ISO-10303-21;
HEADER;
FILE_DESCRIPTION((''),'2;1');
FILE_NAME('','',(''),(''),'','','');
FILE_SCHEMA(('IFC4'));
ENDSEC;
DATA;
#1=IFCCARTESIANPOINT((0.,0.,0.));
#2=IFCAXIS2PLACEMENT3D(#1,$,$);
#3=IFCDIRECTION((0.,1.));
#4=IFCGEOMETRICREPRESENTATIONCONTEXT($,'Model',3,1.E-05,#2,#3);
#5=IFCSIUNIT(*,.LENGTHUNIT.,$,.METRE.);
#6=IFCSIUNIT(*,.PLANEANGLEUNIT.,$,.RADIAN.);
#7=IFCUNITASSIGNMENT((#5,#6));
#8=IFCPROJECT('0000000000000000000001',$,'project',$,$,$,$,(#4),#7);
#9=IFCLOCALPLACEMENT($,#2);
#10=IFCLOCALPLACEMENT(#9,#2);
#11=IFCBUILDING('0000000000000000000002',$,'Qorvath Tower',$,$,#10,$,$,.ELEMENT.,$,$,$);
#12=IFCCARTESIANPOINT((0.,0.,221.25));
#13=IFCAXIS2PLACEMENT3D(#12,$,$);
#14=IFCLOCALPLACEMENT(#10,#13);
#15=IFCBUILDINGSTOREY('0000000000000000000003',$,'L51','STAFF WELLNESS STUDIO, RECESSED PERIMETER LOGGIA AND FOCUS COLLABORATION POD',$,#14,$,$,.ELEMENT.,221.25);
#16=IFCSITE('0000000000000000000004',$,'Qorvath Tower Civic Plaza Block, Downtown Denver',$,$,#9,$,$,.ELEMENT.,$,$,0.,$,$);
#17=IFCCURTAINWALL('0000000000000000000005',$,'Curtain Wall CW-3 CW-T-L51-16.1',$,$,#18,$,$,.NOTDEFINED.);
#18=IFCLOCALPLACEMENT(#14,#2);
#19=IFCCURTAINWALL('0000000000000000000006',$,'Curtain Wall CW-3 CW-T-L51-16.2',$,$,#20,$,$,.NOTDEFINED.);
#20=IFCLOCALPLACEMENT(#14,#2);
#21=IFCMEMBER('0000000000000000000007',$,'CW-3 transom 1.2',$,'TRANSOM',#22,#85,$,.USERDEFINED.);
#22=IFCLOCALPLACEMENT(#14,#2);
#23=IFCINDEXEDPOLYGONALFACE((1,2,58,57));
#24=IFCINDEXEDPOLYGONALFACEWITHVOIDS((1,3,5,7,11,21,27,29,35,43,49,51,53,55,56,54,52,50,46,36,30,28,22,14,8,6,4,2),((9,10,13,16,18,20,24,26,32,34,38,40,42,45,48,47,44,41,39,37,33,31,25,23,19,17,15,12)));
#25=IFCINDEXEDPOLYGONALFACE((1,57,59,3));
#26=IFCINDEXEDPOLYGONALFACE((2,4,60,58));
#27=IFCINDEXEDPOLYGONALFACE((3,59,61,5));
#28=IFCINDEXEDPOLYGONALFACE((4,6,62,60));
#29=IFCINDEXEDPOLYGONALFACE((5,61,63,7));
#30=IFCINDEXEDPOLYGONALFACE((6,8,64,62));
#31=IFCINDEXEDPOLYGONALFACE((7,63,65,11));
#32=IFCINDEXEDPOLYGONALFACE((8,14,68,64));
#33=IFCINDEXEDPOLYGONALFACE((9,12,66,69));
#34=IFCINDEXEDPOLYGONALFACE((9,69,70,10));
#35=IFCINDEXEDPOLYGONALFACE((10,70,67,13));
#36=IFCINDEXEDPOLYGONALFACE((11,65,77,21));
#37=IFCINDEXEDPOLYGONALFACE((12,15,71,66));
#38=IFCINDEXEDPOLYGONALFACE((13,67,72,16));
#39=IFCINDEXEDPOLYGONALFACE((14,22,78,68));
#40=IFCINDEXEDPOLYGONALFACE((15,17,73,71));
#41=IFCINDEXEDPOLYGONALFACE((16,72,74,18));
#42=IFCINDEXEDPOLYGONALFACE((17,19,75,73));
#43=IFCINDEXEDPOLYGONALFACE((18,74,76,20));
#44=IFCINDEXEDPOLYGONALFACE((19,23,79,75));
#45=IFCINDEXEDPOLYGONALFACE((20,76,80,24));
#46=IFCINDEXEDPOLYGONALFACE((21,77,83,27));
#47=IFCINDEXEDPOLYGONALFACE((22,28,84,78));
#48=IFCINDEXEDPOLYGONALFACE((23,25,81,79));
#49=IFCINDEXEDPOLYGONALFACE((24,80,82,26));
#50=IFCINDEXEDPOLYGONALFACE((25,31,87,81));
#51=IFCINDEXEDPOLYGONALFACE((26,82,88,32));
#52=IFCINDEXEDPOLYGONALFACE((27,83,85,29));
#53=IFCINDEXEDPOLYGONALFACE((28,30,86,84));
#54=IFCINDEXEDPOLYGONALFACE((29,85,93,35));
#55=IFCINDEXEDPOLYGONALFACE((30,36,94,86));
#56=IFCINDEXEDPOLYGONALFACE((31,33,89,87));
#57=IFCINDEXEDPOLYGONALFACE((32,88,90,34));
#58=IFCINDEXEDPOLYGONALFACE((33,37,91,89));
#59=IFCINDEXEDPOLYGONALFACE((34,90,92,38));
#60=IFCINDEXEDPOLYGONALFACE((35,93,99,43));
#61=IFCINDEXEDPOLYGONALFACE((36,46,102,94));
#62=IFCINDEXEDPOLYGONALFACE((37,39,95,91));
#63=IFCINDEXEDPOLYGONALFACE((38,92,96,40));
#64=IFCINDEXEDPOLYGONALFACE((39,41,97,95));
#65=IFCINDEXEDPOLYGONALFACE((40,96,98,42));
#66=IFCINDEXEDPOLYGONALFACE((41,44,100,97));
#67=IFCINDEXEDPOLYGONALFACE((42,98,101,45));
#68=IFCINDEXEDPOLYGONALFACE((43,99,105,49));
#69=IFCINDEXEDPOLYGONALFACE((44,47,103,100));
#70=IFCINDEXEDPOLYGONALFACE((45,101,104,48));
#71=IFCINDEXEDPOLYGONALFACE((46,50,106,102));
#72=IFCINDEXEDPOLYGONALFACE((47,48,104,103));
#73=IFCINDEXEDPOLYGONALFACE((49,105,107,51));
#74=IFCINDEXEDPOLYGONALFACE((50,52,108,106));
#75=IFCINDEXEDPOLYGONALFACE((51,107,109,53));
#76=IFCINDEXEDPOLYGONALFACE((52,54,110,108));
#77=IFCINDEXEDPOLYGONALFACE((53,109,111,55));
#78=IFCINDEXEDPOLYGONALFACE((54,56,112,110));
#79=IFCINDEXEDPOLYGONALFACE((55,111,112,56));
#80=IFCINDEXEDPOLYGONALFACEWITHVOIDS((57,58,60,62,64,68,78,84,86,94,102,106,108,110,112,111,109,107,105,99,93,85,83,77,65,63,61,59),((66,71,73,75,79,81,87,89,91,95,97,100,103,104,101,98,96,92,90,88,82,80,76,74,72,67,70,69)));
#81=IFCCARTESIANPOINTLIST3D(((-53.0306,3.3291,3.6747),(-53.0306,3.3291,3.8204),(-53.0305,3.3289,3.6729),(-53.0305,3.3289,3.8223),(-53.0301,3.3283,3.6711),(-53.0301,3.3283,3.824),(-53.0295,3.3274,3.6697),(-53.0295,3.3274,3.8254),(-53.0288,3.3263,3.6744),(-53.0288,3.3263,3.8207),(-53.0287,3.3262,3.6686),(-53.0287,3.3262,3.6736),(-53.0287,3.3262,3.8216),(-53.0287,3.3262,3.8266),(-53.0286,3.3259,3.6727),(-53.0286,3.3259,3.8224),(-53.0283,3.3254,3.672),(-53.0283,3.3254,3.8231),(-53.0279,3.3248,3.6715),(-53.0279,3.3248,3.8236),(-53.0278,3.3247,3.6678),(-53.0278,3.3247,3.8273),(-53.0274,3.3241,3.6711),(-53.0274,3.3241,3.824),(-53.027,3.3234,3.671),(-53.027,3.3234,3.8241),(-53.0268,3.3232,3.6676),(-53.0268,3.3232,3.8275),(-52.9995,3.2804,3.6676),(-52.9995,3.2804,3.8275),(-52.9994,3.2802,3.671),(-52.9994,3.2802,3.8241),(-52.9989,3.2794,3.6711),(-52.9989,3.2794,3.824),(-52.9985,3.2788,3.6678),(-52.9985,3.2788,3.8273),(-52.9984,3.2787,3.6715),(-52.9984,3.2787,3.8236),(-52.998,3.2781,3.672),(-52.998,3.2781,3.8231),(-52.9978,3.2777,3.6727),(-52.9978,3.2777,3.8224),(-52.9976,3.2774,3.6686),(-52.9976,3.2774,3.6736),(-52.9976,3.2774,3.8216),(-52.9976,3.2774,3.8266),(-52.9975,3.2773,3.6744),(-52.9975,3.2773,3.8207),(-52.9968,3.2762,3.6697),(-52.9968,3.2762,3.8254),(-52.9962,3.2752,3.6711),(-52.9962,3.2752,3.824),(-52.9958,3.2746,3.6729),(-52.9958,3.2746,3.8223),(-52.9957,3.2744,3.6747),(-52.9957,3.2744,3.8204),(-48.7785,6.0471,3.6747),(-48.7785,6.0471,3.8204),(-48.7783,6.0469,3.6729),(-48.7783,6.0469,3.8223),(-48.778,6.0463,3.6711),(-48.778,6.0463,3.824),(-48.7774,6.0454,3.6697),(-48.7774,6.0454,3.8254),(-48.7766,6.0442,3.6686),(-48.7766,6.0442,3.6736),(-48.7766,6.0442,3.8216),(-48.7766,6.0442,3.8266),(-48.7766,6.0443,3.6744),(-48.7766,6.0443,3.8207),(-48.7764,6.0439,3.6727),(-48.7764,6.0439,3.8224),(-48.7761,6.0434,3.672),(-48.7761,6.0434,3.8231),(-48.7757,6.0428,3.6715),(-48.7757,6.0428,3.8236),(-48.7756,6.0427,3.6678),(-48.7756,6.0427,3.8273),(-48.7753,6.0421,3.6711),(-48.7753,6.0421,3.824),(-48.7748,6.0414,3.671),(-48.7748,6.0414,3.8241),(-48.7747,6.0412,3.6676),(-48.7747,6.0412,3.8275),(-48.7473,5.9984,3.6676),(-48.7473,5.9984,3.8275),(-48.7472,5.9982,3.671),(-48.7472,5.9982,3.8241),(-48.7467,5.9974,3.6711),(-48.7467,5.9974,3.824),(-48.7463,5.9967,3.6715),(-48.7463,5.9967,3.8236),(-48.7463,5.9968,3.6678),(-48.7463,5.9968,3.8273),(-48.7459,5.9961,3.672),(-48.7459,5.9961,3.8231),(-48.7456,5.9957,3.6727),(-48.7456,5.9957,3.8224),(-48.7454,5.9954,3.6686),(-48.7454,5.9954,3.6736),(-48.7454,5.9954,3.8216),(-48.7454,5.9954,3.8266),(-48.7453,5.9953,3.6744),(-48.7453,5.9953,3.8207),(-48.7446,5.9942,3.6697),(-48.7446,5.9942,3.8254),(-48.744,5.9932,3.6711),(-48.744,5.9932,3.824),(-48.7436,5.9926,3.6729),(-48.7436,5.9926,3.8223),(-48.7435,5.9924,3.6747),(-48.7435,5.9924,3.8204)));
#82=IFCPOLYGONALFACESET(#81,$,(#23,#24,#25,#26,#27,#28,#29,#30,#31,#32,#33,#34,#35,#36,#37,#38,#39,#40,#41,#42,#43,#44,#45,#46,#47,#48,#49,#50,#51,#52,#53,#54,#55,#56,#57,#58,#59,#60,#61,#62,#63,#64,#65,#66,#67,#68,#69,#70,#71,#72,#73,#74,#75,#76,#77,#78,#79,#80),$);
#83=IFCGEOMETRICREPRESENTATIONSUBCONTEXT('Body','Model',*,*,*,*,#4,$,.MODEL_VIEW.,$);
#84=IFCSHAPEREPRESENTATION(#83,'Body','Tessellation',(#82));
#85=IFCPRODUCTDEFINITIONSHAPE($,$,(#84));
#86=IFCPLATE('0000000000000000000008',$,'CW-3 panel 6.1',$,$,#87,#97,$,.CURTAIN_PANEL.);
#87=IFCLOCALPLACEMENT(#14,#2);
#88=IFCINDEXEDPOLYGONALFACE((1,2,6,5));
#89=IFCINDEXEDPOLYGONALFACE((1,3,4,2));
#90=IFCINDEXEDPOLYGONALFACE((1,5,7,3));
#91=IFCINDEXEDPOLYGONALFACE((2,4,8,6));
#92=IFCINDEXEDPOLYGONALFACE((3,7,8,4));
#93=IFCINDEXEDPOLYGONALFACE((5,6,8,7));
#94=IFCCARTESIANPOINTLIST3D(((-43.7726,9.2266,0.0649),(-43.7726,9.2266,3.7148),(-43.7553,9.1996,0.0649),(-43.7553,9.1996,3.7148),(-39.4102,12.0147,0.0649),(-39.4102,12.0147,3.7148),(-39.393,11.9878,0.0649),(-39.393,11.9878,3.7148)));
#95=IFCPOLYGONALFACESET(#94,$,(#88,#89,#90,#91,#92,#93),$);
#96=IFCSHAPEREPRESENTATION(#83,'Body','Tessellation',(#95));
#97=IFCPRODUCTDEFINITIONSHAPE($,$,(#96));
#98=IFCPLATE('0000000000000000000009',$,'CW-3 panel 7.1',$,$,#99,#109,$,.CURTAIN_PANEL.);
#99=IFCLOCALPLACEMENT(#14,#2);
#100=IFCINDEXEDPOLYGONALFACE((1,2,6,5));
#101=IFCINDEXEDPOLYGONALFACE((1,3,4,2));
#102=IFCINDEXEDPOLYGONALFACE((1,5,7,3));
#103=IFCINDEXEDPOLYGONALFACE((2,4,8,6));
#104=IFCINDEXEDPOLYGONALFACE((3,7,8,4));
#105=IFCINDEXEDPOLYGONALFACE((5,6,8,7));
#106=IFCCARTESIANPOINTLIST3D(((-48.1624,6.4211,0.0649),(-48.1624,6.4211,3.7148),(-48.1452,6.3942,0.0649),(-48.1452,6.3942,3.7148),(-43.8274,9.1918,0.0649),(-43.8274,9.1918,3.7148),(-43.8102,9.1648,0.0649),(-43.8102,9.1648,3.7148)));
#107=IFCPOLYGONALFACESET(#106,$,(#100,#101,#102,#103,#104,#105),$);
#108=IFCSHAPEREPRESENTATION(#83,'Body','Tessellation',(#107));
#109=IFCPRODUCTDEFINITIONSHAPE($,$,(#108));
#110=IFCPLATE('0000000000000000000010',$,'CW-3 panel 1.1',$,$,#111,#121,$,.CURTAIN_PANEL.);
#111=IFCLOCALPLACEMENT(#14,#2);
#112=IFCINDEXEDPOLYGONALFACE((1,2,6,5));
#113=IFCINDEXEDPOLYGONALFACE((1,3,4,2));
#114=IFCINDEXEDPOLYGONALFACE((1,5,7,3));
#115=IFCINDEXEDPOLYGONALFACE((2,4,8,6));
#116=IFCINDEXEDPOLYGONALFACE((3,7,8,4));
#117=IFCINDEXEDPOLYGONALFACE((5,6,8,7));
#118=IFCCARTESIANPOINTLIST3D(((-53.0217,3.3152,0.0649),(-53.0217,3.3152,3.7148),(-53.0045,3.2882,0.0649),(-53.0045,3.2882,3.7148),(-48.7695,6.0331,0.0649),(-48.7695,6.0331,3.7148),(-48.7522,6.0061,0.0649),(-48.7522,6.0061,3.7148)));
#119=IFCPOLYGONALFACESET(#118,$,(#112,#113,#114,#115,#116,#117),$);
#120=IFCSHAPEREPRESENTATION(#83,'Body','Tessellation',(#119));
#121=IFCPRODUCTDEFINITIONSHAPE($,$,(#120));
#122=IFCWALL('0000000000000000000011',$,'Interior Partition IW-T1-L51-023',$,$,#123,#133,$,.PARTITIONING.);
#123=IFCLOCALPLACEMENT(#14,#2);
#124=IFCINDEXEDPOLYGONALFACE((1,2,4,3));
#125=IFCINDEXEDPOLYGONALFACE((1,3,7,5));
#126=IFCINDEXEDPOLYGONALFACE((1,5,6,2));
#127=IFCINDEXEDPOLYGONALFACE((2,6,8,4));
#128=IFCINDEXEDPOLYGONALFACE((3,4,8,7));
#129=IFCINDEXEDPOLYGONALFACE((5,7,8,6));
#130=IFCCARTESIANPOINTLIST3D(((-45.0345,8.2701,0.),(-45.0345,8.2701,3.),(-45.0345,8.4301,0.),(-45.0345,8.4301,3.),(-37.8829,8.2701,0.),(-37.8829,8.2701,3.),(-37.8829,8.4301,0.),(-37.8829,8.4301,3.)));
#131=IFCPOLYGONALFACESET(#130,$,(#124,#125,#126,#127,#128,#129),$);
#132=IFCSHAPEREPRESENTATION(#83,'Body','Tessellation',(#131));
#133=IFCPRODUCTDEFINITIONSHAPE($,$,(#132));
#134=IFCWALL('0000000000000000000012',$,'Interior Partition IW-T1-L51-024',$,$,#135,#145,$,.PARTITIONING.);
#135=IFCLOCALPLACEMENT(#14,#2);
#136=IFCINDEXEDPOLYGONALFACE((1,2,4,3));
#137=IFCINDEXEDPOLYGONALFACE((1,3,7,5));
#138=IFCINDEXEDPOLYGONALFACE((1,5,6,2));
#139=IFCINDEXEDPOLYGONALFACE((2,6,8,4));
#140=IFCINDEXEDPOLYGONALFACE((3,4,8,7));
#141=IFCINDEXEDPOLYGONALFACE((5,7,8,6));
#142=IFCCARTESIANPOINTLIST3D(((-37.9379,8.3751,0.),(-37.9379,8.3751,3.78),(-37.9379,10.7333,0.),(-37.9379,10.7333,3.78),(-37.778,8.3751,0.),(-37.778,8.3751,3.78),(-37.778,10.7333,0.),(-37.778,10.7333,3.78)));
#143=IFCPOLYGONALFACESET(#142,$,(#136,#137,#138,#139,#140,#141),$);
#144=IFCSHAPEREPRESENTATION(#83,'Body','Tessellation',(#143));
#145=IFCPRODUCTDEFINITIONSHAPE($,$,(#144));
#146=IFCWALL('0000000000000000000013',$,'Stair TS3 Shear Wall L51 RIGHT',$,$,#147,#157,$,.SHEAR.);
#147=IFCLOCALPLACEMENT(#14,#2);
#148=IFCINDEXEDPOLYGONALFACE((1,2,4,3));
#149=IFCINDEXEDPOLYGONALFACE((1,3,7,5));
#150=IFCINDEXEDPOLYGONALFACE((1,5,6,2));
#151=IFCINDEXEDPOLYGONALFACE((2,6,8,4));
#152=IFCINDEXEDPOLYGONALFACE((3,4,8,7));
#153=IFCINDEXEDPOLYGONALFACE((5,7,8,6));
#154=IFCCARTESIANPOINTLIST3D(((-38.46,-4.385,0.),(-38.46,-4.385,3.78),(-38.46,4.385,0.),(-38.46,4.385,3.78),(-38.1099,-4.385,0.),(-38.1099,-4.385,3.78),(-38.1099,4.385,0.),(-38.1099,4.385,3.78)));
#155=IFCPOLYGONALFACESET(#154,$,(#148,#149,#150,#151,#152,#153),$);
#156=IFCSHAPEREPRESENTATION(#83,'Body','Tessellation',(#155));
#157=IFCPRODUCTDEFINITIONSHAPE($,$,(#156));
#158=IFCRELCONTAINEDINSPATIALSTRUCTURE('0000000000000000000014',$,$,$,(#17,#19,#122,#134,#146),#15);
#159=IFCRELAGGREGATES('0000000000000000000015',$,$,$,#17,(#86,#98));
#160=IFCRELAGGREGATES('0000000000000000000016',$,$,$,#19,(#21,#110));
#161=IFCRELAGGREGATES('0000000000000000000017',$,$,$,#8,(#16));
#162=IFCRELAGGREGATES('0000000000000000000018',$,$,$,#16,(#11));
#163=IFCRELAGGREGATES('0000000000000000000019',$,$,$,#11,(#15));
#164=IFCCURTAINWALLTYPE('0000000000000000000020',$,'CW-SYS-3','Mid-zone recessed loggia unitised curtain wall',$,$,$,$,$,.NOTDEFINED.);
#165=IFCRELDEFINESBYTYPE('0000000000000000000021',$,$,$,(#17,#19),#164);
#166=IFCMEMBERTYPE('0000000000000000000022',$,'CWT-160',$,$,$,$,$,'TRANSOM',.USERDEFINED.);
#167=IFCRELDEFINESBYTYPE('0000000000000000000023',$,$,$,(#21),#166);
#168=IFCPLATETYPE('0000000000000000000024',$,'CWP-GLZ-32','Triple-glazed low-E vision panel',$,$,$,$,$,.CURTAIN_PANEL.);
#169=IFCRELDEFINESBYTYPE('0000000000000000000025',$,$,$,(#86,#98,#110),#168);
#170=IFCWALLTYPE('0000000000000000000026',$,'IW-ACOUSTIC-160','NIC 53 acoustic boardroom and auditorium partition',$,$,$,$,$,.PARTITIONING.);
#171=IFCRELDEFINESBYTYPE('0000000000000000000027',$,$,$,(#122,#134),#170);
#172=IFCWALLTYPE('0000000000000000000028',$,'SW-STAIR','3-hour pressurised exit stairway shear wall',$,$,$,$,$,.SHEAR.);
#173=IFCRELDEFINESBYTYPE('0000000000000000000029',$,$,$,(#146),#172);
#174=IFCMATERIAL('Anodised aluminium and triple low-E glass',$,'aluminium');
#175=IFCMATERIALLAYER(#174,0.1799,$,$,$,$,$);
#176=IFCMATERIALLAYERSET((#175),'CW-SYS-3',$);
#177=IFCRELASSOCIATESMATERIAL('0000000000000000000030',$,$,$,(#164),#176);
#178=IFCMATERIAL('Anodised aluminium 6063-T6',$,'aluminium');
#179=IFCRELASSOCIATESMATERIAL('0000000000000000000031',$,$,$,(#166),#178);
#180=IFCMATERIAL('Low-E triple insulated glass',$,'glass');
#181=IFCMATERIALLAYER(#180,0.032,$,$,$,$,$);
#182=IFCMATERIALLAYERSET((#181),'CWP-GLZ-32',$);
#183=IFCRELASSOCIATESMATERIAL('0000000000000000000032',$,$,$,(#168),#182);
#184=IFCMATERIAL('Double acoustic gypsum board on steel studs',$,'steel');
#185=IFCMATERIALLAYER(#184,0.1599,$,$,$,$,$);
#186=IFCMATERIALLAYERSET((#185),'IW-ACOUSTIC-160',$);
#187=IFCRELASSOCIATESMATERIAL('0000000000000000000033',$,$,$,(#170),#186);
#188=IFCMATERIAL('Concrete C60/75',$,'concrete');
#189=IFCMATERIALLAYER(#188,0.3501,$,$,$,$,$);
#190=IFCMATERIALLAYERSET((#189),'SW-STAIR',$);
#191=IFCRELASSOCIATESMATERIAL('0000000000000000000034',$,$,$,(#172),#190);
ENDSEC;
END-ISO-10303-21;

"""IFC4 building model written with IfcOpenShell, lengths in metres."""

from ifc_helpers import new_model, si_unit, direction, frame, frame_2d, origin, origin_2d, place, context, subcontext, project, spatial, rectangle, hollow_rectangle, extrude, material, layer, layer_set, material_profile, profile_set, type_object, element, aggregate, save


model = new_model("IFC4")

# Units and contexts
model_context = context("Model", 3, precision=1e-05, world=origin(), true_north=direction((0.0, 1.0)))
body_context = subcontext(model_context, "Body", "Model", "MODEL_VIEW")
ifc_project = project(units=[si_unit("LENGTHUNIT", "METRE"), si_unit("PLANEANGLEUNIT", "RADIAN")], contexts=[model_context])

# Site, building, storey
site_placement = place(None, origin())
site = spatial("IfcSite", under=ifc_project, at=site_placement, Name="Qorvath Tower Civic Plaza Block, Downtown Denver", CompositionType="ELEMENT", RefElevation=0.0)
building_placement = place(site_placement, origin())
building = spatial("IfcBuilding", under=site, at=building_placement, Name="Qorvath Tower", CompositionType="ELEMENT")
storey_placement = place(building_placement, frame((0.0, 0.0, 221.25)))
storey = spatial("IfcBuildingStorey", under=building, at=storey_placement, Name="L51", Description="STAFF WELLNESS STUDIO, RECESSED PERIMETER LOGGIA AND FOCUS COLLABORATION POD", CompositionType="ELEMENT", Elevation=221.25)

# Curtain walls
ifc_material_1 = material(Name="Anodised aluminium and triple low-E glass", Category="aluminium")
ifc_layer_1 = layer(ifc_material_1, 0.1799)
ifc_layer_set_1 = layer_set([ifc_layer_1], Name="CW-SYS-3")
curtain_wall_type = type_object("IfcCurtainWallType", Name="CW-SYS-3", Description="Mid-zone recessed loggia unitised curtain wall", PredefinedType="NOTDEFINED", material=ifc_layer_set_1)
curtain_wall_1_placement = place(storey_placement, origin())
curtain_wall_1 = element("IfcCurtainWall", 1, at=curtain_wall_1_placement, inside=storey, type_object=curtain_wall_type, Name="Curtain Wall CW-3 CW-T-L51-16.1", PredefinedType="NOTDEFINED")
curtain_wall_2_placement = place(storey_placement, origin())
curtain_wall_2 = element("IfcCurtainWall", 2, at=curtain_wall_2_placement, inside=storey, type_object=curtain_wall_type, Name="Curtain Wall CW-3 CW-T-L51-16.2", PredefinedType="NOTDEFINED")

# Member
ifc_material_2 = material(Name="Anodised aluminium 6063-T6", Category="aluminium")
ifc_material_profile_1 = material_profile(ifc_material_2, hollow_rectangle(XDim=0.0649, YDim=0.1599, WallThickness=0.0034, InnerFilletRadius=0.0034, OuterFilletRadius=0.0071, at=origin_2d()), Name="CWT 160x65")
ifc_profile_set_1 = profile_set([ifc_material_profile_1], Name="Anodised aluminium 6063-T6")
member_type_1 = type_object("IfcMemberType", Name="CWT-160", ElementType="TRANSOM", PredefinedType="USERDEFINED", material=ifc_profile_set_1)
member_1_placement = place(storey_placement, frame((-48.761, 6.0198, 3.7476), z_axis=(-0.842576, -0.538577, 0.0), x_axis=(0.538577, -0.842576, 0.0)))
member_1 = element("IfcMember", 3, at=member_1_placement, type_object=member_type_1, Name="CW-3 transom 1.2", ObjectType="TRANSOM", PredefinedType="USERDEFINED", context=body_context, shape_type="SweptSolid", body=[
    extrude(hollow_rectangle(XDim=0.0649, YDim=0.1599, WallThickness=0.0034, InnerFilletRadius=0.0034, OuterFilletRadius=0.0071, at=origin_2d()), origin(), (0.0, 0.0, 1.0), 5.0466),
])

# Plates
ifc_material_3 = material(Name="Low-E triple insulated glass", Category="glass")
ifc_layer_2 = layer(ifc_material_3, 0.032)
ifc_layer_set_2 = layer_set([ifc_layer_2], Name="CWP-GLZ-32")
plate_type = type_object("IfcPlateType", Name="CWP-GLZ-32", Description="Triple-glazed low-E vision panel", PredefinedType="CURTAIN_PANEL", material=ifc_layer_set_2)
plate_1_placement = place(storey_placement, frame((-41.5828, 10.6072, 0.0649), z_axis=(0.0, 0.0, 1.0), x_axis=(-0.842603, -0.538535, 0.0)))
plate_1 = element("IfcPlate", 4, at=plate_1_placement, type_object=plate_type, Name="CW-3 panel 6.1", PredefinedType="CURTAIN_PANEL", context=body_context, shape_type="SweptSolid", body=[
    extrude(rectangle(XDim=5.1772, YDim=0.032, at=origin_2d()), origin(), (0.0, 0.0, 1.0), 3.6499),
])
plate_2_placement = place(storey_placement, frame((-45.9863, 7.793, 0.0649), z_axis=(0.0, 0.0, 1.0), x_axis=(-0.842603, -0.538535, 0.0)))
plate_2 = element("IfcPlate", 5, at=plate_2_placement, type_object=plate_type, Name="CW-3 panel 7.1", PredefinedType="CURTAIN_PANEL", context=body_context, shape_type="SweptSolid", body=[
    extrude(rectangle(XDim=5.1448, YDim=0.032, at=origin_2d()), origin(), (0.0, 0.0, 1.0), 3.6499),
])
aggregate(curtain_wall_1, [plate_1, plate_2])
plate_3_placement = place(storey_placement, frame((-50.887, 4.6606, 0.0649), z_axis=(0.0, 0.0, 1.0), x_axis=(-0.842592, -0.538553, 0.0)))
plate_3 = element("IfcPlate", 6, at=plate_3_placement, type_object=plate_type, Name="CW-3 panel 1.1", PredefinedType="CURTAIN_PANEL", context=body_context, shape_type="SweptSolid", body=[
    extrude(rectangle(XDim=5.0466, YDim=0.032, at=origin_2d()), origin(), (0.0, 0.0, 1.0), 3.6499),
])
aggregate(curtain_wall_2, [member_1, plate_3])

# Walls
ifc_material_4 = material(Name="Double acoustic gypsum board on steel studs", Category="steel")
ifc_layer_3 = layer(ifc_material_4, 0.1599)
ifc_layer_set_3 = layer_set([ifc_layer_3], Name="IW-ACOUSTIC-160")
wall_type_1 = type_object("IfcWallType", Name="IW-ACOUSTIC-160", Description="NIC 53 acoustic boardroom and auditorium partition", PredefinedType="PARTITIONING", material=ifc_layer_set_3)
wall_1_placement = place(storey_placement, frame((-45.0344, 8.3501, 0.0), z_axis=(0.0, 0.0, 1.0), x_axis=(1.0, 0.0, 0.0)))
element("IfcWall", 7, at=wall_1_placement, inside=storey, type_object=wall_type_1, Name="Interior Partition IW-T1-L51-023", PredefinedType="PARTITIONING", context=body_context, shape_type="SweptSolid", body=[
    extrude(rectangle(XDim=7.1516, YDim=0.1599, at=frame_2d((3.5757, 0.0))), origin(), (0.0, 0.0, 1.0), 3.0),
])
wall_2_placement = place(storey_placement, frame((-37.8579, 8.375, 0.0), z_axis=(0.0, 0.0, 1.0), x_axis=(0.0, 1.0, 0.0)))
element("IfcWall", 8, at=wall_2_placement, inside=storey, type_object=wall_type_1, Name="Interior Partition IW-T1-L51-024", PredefinedType="PARTITIONING", context=body_context, shape_type="SweptSolid", body=[
    extrude(rectangle(XDim=2.3582, YDim=0.1599, at=frame_2d((1.1792, 0.0))), origin(), (0.0, 0.0, 1.0), 3.78),
])

# Wall
ifc_material_5 = material(Name="Concrete C60/75", Category="concrete")
ifc_layer_4 = layer(ifc_material_5, 0.3501)
ifc_layer_set_4 = layer_set([ifc_layer_4], Name="SW-STAIR")
wall_type_2 = type_object("IfcWallType", Name="SW-STAIR", Description="3-hour pressurised exit stairway shear wall", PredefinedType="SHEAR", material=ifc_layer_set_4)
wall_3_placement = place(storey_placement, frame((-38.2849, 4.385, 0.0), z_axis=(0.0, 0.0, 1.0), x_axis=(0.0, -1.0, 0.0)))
element("IfcWall", 9, at=wall_3_placement, inside=storey, type_object=wall_type_2, Name="Stair TS3 Shear Wall L51 RIGHT", PredefinedType="SHEAR", context=body_context, shape_type="SweptSolid", body=[
    extrude(rectangle(XDim=8.77, YDim=0.3501, at=frame_2d((4.385, 0.0))), origin(), (0.0, 0.0, 1.0), 3.78),
])

save(model, "model.ifc")
